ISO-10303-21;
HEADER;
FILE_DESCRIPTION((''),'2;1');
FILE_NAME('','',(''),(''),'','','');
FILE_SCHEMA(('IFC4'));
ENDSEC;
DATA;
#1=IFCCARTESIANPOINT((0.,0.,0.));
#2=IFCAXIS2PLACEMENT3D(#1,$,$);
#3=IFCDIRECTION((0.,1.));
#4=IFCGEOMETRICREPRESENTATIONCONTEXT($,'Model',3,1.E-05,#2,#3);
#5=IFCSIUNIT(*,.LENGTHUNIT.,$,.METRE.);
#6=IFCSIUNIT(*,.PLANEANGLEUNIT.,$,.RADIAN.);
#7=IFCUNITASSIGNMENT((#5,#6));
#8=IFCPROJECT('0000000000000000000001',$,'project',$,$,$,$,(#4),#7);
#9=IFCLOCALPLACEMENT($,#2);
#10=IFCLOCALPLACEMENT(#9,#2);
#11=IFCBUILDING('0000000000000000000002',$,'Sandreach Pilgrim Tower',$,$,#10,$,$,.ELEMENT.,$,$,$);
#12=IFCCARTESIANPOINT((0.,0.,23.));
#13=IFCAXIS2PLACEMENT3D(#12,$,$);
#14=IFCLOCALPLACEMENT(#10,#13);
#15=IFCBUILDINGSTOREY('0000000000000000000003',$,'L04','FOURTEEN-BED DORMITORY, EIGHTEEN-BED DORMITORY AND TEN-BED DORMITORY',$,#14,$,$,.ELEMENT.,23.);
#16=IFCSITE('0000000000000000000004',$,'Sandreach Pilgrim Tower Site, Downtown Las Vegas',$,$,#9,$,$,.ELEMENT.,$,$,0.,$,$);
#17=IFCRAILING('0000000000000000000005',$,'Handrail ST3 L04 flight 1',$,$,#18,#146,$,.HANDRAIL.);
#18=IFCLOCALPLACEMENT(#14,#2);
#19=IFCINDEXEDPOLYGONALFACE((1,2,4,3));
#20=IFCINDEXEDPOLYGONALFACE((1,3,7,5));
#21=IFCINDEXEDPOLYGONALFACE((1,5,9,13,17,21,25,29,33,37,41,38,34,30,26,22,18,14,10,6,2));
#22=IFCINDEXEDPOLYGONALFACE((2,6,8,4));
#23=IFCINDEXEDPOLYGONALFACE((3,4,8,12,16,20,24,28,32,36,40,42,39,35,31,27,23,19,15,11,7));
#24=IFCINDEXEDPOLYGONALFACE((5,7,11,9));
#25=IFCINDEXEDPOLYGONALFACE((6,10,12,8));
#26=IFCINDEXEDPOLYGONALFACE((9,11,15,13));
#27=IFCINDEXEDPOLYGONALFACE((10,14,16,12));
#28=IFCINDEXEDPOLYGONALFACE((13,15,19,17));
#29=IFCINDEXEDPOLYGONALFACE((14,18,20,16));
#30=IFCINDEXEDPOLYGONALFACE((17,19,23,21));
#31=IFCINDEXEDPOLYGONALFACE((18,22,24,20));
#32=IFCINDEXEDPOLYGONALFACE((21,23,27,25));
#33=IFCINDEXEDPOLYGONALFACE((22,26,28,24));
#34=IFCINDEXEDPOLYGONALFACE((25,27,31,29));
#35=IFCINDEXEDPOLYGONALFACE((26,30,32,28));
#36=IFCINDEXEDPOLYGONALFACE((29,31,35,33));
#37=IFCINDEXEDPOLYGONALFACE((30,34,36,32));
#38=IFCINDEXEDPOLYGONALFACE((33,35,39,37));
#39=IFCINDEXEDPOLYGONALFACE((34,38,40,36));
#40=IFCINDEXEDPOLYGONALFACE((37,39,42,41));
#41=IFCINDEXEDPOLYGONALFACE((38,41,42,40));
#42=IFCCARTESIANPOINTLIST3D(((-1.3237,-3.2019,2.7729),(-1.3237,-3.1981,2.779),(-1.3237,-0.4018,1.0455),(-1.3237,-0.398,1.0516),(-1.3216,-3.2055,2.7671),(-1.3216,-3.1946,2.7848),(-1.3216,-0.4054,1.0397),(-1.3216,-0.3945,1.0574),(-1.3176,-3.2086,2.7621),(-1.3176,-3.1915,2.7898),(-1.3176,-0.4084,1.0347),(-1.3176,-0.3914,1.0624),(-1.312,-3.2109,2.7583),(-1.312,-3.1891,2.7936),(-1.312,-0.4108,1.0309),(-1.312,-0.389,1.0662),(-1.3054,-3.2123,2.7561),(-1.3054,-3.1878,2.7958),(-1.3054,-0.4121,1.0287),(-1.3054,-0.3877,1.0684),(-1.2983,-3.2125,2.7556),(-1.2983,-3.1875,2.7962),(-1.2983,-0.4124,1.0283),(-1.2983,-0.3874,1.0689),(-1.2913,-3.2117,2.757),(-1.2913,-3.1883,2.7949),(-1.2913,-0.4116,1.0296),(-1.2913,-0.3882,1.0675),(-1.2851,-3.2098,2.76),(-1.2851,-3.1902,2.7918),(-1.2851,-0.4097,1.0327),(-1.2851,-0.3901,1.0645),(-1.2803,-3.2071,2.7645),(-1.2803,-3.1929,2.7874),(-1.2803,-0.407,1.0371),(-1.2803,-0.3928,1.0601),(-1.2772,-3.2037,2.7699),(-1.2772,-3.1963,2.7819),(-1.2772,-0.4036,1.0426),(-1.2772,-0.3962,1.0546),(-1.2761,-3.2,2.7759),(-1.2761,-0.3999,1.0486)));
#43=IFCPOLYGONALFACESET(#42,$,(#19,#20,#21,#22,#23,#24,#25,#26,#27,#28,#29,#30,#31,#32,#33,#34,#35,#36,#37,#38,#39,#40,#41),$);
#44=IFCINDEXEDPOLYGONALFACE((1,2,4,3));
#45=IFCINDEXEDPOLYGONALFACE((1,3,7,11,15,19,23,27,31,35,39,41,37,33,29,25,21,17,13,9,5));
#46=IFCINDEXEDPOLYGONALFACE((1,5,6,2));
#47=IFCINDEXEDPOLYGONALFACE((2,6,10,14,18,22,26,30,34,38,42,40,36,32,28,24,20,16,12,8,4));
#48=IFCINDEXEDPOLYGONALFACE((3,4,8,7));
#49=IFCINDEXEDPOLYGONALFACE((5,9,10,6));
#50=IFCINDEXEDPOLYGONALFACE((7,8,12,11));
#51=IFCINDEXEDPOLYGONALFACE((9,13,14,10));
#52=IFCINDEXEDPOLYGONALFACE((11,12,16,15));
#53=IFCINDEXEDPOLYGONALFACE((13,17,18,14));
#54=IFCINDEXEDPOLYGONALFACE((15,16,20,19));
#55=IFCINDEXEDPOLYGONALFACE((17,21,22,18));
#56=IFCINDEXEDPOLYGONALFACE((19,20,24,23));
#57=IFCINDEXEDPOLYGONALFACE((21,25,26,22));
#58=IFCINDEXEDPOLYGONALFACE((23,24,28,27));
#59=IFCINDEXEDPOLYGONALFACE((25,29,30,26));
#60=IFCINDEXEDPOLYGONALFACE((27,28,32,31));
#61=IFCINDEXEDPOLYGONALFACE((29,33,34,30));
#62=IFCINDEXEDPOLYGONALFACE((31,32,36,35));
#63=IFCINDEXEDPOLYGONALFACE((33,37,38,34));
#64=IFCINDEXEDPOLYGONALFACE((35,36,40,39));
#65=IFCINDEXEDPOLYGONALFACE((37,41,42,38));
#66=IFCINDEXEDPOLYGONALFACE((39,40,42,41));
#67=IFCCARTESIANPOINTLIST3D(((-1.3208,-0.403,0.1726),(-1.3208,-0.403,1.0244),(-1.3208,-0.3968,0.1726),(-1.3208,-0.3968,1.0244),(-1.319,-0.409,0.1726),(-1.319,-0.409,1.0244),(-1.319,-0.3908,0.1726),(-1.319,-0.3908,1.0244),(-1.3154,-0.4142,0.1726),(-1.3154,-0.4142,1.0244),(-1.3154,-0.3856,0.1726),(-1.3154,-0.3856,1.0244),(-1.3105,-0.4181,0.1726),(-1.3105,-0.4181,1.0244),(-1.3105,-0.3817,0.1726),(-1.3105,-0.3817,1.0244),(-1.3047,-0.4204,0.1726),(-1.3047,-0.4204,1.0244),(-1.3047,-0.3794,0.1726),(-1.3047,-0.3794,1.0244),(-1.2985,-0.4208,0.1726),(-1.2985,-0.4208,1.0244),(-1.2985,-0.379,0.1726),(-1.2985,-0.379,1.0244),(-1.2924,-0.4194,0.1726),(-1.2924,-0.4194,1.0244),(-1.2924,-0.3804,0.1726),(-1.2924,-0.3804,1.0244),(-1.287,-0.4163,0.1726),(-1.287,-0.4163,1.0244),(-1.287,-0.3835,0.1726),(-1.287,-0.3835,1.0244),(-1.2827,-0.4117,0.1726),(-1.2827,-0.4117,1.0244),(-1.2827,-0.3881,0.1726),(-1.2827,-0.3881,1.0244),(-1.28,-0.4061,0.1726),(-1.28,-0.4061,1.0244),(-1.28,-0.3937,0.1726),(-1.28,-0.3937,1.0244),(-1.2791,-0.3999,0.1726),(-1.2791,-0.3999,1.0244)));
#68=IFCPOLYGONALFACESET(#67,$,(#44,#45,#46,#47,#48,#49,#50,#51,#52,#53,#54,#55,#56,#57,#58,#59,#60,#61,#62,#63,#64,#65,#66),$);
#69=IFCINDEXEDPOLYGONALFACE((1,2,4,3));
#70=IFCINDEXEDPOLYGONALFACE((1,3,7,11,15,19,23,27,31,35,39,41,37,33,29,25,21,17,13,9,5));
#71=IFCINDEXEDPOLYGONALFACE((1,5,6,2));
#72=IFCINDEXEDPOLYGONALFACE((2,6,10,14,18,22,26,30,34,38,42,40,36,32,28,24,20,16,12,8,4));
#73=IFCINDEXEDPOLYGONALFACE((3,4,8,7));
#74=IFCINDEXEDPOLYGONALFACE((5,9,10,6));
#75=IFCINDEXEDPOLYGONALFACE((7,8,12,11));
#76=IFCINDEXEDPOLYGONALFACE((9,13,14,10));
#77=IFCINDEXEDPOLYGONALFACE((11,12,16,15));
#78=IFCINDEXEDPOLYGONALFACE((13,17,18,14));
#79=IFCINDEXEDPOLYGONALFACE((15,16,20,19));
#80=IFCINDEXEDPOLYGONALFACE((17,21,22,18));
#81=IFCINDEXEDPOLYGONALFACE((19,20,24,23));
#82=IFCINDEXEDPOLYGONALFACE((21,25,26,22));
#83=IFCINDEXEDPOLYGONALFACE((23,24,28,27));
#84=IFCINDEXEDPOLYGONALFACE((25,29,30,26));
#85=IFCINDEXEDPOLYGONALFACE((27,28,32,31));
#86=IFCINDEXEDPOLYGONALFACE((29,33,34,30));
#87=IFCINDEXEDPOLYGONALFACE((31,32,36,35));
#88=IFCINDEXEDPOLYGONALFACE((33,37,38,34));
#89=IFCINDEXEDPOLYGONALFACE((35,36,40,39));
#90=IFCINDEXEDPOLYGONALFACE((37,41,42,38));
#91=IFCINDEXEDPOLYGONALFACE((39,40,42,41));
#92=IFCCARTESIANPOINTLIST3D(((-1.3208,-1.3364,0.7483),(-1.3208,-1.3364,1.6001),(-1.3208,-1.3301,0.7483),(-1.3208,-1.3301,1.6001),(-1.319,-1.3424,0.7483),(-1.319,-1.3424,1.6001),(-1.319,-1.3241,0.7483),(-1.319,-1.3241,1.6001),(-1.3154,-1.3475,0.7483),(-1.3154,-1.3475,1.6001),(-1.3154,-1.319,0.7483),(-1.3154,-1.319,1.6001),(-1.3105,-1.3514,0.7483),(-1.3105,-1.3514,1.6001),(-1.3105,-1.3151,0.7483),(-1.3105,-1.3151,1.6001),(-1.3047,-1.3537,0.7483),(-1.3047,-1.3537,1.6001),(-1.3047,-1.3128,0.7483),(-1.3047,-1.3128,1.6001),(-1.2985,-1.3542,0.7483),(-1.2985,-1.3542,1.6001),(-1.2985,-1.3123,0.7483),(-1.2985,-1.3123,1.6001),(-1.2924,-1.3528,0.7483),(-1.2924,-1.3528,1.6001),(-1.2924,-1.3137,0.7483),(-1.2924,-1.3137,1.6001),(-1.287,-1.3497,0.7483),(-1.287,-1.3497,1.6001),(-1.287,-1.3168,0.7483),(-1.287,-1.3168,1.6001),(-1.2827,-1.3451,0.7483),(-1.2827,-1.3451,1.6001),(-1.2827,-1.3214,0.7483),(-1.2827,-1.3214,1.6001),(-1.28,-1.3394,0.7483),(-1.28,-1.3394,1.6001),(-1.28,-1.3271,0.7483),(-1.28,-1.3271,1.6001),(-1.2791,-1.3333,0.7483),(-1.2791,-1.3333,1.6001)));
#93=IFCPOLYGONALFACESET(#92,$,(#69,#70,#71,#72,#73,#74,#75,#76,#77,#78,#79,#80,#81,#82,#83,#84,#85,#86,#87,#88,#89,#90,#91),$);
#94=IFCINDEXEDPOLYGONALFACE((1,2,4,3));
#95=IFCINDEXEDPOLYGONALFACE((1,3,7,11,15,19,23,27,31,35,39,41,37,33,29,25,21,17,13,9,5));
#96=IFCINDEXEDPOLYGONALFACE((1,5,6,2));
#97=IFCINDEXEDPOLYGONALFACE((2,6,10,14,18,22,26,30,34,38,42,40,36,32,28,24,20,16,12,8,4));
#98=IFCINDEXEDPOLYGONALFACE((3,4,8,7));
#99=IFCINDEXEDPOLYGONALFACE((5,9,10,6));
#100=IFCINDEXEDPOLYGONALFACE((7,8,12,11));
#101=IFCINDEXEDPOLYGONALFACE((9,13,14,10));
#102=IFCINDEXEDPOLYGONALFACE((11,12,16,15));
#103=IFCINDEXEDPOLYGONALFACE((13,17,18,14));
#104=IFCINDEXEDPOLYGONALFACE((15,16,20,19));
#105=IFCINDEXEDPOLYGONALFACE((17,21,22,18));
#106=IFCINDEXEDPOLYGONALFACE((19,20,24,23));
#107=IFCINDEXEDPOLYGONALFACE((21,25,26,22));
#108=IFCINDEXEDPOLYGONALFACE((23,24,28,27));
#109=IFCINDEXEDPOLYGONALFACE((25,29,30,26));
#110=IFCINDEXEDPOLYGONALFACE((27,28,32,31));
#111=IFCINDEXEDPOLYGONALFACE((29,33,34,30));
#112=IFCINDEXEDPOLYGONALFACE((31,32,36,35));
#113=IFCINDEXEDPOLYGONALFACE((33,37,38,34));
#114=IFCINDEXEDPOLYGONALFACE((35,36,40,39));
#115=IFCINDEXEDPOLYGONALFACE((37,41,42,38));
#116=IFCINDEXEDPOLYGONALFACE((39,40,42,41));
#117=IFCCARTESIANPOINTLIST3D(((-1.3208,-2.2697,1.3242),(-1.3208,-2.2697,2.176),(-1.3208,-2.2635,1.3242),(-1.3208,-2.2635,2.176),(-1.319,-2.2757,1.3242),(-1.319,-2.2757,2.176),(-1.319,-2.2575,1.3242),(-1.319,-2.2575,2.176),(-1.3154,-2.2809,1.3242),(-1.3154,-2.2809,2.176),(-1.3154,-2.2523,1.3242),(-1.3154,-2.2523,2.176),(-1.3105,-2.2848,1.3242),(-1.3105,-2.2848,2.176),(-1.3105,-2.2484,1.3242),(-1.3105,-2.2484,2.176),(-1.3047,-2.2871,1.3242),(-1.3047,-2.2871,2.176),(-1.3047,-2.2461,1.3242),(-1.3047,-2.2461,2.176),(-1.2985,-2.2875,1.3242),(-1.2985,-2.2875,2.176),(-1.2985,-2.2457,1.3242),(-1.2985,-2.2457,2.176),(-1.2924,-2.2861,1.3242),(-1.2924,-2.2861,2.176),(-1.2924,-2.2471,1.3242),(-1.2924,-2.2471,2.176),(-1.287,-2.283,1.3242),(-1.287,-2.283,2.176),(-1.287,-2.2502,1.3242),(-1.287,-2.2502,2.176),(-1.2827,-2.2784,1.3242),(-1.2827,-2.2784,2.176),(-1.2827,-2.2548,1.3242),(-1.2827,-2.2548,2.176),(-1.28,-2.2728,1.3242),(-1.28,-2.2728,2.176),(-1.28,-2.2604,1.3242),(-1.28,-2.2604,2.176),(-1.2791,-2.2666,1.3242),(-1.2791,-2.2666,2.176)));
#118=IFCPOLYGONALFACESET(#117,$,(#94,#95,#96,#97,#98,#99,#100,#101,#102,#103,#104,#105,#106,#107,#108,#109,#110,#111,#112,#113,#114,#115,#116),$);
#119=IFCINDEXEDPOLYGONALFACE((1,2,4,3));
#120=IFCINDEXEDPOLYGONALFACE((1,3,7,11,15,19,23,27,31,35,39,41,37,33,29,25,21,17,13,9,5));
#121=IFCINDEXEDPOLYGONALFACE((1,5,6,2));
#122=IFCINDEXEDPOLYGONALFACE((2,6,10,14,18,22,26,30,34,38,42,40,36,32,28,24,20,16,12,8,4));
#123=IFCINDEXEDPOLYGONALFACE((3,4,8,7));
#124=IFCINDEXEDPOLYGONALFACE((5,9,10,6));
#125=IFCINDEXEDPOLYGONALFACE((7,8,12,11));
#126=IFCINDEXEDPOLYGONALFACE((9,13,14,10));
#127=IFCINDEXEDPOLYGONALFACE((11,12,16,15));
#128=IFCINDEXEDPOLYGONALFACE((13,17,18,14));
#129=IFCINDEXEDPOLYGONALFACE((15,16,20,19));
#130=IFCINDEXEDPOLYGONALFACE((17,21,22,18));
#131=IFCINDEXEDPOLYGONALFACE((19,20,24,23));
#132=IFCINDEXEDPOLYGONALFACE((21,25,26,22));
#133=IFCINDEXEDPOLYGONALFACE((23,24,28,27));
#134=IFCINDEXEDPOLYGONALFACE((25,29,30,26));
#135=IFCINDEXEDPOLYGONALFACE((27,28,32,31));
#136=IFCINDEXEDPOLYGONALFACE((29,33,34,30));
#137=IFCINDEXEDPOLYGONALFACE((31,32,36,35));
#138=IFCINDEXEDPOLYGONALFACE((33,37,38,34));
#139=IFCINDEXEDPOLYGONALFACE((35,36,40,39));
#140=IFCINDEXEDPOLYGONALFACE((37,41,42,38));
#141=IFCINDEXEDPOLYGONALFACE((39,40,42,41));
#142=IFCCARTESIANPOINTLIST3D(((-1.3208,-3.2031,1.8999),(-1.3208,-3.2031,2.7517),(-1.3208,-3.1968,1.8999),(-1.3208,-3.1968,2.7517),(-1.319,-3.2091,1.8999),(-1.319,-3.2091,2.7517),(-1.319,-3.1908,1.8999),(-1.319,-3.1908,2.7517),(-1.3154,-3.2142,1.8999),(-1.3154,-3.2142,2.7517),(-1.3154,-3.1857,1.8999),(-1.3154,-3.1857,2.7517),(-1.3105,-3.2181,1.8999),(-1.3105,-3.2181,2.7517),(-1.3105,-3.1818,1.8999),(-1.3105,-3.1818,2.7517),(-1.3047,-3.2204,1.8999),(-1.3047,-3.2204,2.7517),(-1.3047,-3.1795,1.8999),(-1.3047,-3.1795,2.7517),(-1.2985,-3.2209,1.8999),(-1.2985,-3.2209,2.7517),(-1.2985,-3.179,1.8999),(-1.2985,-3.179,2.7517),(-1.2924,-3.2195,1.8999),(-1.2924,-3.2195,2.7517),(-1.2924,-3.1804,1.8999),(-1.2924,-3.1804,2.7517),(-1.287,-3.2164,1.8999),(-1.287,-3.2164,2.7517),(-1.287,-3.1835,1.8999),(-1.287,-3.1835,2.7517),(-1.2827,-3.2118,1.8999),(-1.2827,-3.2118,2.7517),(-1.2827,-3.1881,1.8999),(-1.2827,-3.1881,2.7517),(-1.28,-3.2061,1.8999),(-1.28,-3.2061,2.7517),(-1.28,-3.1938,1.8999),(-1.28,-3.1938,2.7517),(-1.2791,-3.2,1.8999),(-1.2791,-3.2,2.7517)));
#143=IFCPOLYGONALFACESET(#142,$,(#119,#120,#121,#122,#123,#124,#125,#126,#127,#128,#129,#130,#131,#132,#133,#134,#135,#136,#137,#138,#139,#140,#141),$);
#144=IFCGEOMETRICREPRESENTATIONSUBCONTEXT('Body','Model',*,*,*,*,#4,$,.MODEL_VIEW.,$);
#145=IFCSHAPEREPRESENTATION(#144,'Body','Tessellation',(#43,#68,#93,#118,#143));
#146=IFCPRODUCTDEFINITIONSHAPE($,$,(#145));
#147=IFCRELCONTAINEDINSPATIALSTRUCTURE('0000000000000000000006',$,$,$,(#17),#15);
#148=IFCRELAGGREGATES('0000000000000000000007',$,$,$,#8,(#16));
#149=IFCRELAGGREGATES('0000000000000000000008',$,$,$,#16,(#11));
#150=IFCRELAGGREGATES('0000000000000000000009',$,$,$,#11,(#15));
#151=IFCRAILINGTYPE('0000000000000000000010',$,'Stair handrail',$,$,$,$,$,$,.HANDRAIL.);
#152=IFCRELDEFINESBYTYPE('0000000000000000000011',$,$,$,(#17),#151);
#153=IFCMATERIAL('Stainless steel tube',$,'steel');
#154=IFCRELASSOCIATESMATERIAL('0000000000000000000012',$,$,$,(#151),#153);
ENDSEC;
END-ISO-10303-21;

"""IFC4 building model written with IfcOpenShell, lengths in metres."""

from ifc_helpers import new_model, si_unit, direction, frame, origin, origin_2d, place, context, subcontext, project, spatial, circle, extrude, material, type_object, element, save


model = new_model("IFC4")

# Units and contexts
model_context = context("Model", 3, precision=1e-05, world=origin(), true_north=direction((0.0, 1.0)))
body_context = subcontext(model_context, "Body", "Model", "MODEL_VIEW")
ifc_project = project(units=[si_unit("LENGTHUNIT", "METRE"), si_unit("PLANEANGLEUNIT", "RADIAN")], contexts=[model_context])

# Site, building, storey
site_placement = place(None, origin())
site = spatial("IfcSite", under=ifc_project, at=site_placement, Name="Sandreach Pilgrim Tower Site, Downtown Las Vegas", CompositionType="ELEMENT", RefElevation=0.0)
building_placement = place(site_placement, origin())
building = spatial("IfcBuilding", under=site, at=building_placement, Name="Sandreach Pilgrim Tower", CompositionType="ELEMENT")
storey_placement = place(building_placement, frame((0.0, 0.0, 23.0)))
storey = spatial("IfcBuildingStorey", under=building, at=storey_placement, Name="L04", Description="FOURTEEN-BED DORMITORY, EIGHTEEN-BED DORMITORY AND TEN-BED DORMITORY", CompositionType="ELEMENT", Elevation=23.0)

# Railing
ifc_material_1 = material(Name="Stainless steel tube", Category="steel")
railing_type = type_object("IfcRailingType", Name="Stair handrail", PredefinedType="HANDRAIL", material=ifc_material_1)
for number, where, name in (
    (1, (-1.3, -0.3999, 0.1726), "Handrail ST3 L04 flight 1"),
):
    element("IfcRailing", number, at=place(storey_placement, frame(where)), inside=storey, type_object=railing_type, Name=name, PredefinedType="HANDRAIL", context=body_context, shape_type="SweptSolid", body=[
        extrude(circle(Radius=0.0239, at=origin_2d()), frame((0.0, 0.0, 0.876), z_axis=(0.0, -0.85109, 0.52502), x_axis=(1.0, 0.0, 0.0)), (0.0, 0.0, 1.0), 3.29),
        extrude(circle(Radius=0.021, at=origin_2d()), origin(), (0.0, 0.0, 1.0), 0.8518),
        extrude(circle(Radius=0.021, at=origin_2d()), frame((0.0, -0.9333, 0.5757)), (0.0, 0.0, 1.0), 0.8518),
        extrude(circle(Radius=0.021, at=origin_2d()), frame((0.0, -1.8667, 1.1516)), (0.0, 0.0, 1.0), 0.8518),
        extrude(circle(Radius=0.021, at=origin_2d()), frame((0.0, -2.8, 1.7273)), (0.0, 0.0, 1.0), 0.8518),
    ])

save(model, "model.ifc")
